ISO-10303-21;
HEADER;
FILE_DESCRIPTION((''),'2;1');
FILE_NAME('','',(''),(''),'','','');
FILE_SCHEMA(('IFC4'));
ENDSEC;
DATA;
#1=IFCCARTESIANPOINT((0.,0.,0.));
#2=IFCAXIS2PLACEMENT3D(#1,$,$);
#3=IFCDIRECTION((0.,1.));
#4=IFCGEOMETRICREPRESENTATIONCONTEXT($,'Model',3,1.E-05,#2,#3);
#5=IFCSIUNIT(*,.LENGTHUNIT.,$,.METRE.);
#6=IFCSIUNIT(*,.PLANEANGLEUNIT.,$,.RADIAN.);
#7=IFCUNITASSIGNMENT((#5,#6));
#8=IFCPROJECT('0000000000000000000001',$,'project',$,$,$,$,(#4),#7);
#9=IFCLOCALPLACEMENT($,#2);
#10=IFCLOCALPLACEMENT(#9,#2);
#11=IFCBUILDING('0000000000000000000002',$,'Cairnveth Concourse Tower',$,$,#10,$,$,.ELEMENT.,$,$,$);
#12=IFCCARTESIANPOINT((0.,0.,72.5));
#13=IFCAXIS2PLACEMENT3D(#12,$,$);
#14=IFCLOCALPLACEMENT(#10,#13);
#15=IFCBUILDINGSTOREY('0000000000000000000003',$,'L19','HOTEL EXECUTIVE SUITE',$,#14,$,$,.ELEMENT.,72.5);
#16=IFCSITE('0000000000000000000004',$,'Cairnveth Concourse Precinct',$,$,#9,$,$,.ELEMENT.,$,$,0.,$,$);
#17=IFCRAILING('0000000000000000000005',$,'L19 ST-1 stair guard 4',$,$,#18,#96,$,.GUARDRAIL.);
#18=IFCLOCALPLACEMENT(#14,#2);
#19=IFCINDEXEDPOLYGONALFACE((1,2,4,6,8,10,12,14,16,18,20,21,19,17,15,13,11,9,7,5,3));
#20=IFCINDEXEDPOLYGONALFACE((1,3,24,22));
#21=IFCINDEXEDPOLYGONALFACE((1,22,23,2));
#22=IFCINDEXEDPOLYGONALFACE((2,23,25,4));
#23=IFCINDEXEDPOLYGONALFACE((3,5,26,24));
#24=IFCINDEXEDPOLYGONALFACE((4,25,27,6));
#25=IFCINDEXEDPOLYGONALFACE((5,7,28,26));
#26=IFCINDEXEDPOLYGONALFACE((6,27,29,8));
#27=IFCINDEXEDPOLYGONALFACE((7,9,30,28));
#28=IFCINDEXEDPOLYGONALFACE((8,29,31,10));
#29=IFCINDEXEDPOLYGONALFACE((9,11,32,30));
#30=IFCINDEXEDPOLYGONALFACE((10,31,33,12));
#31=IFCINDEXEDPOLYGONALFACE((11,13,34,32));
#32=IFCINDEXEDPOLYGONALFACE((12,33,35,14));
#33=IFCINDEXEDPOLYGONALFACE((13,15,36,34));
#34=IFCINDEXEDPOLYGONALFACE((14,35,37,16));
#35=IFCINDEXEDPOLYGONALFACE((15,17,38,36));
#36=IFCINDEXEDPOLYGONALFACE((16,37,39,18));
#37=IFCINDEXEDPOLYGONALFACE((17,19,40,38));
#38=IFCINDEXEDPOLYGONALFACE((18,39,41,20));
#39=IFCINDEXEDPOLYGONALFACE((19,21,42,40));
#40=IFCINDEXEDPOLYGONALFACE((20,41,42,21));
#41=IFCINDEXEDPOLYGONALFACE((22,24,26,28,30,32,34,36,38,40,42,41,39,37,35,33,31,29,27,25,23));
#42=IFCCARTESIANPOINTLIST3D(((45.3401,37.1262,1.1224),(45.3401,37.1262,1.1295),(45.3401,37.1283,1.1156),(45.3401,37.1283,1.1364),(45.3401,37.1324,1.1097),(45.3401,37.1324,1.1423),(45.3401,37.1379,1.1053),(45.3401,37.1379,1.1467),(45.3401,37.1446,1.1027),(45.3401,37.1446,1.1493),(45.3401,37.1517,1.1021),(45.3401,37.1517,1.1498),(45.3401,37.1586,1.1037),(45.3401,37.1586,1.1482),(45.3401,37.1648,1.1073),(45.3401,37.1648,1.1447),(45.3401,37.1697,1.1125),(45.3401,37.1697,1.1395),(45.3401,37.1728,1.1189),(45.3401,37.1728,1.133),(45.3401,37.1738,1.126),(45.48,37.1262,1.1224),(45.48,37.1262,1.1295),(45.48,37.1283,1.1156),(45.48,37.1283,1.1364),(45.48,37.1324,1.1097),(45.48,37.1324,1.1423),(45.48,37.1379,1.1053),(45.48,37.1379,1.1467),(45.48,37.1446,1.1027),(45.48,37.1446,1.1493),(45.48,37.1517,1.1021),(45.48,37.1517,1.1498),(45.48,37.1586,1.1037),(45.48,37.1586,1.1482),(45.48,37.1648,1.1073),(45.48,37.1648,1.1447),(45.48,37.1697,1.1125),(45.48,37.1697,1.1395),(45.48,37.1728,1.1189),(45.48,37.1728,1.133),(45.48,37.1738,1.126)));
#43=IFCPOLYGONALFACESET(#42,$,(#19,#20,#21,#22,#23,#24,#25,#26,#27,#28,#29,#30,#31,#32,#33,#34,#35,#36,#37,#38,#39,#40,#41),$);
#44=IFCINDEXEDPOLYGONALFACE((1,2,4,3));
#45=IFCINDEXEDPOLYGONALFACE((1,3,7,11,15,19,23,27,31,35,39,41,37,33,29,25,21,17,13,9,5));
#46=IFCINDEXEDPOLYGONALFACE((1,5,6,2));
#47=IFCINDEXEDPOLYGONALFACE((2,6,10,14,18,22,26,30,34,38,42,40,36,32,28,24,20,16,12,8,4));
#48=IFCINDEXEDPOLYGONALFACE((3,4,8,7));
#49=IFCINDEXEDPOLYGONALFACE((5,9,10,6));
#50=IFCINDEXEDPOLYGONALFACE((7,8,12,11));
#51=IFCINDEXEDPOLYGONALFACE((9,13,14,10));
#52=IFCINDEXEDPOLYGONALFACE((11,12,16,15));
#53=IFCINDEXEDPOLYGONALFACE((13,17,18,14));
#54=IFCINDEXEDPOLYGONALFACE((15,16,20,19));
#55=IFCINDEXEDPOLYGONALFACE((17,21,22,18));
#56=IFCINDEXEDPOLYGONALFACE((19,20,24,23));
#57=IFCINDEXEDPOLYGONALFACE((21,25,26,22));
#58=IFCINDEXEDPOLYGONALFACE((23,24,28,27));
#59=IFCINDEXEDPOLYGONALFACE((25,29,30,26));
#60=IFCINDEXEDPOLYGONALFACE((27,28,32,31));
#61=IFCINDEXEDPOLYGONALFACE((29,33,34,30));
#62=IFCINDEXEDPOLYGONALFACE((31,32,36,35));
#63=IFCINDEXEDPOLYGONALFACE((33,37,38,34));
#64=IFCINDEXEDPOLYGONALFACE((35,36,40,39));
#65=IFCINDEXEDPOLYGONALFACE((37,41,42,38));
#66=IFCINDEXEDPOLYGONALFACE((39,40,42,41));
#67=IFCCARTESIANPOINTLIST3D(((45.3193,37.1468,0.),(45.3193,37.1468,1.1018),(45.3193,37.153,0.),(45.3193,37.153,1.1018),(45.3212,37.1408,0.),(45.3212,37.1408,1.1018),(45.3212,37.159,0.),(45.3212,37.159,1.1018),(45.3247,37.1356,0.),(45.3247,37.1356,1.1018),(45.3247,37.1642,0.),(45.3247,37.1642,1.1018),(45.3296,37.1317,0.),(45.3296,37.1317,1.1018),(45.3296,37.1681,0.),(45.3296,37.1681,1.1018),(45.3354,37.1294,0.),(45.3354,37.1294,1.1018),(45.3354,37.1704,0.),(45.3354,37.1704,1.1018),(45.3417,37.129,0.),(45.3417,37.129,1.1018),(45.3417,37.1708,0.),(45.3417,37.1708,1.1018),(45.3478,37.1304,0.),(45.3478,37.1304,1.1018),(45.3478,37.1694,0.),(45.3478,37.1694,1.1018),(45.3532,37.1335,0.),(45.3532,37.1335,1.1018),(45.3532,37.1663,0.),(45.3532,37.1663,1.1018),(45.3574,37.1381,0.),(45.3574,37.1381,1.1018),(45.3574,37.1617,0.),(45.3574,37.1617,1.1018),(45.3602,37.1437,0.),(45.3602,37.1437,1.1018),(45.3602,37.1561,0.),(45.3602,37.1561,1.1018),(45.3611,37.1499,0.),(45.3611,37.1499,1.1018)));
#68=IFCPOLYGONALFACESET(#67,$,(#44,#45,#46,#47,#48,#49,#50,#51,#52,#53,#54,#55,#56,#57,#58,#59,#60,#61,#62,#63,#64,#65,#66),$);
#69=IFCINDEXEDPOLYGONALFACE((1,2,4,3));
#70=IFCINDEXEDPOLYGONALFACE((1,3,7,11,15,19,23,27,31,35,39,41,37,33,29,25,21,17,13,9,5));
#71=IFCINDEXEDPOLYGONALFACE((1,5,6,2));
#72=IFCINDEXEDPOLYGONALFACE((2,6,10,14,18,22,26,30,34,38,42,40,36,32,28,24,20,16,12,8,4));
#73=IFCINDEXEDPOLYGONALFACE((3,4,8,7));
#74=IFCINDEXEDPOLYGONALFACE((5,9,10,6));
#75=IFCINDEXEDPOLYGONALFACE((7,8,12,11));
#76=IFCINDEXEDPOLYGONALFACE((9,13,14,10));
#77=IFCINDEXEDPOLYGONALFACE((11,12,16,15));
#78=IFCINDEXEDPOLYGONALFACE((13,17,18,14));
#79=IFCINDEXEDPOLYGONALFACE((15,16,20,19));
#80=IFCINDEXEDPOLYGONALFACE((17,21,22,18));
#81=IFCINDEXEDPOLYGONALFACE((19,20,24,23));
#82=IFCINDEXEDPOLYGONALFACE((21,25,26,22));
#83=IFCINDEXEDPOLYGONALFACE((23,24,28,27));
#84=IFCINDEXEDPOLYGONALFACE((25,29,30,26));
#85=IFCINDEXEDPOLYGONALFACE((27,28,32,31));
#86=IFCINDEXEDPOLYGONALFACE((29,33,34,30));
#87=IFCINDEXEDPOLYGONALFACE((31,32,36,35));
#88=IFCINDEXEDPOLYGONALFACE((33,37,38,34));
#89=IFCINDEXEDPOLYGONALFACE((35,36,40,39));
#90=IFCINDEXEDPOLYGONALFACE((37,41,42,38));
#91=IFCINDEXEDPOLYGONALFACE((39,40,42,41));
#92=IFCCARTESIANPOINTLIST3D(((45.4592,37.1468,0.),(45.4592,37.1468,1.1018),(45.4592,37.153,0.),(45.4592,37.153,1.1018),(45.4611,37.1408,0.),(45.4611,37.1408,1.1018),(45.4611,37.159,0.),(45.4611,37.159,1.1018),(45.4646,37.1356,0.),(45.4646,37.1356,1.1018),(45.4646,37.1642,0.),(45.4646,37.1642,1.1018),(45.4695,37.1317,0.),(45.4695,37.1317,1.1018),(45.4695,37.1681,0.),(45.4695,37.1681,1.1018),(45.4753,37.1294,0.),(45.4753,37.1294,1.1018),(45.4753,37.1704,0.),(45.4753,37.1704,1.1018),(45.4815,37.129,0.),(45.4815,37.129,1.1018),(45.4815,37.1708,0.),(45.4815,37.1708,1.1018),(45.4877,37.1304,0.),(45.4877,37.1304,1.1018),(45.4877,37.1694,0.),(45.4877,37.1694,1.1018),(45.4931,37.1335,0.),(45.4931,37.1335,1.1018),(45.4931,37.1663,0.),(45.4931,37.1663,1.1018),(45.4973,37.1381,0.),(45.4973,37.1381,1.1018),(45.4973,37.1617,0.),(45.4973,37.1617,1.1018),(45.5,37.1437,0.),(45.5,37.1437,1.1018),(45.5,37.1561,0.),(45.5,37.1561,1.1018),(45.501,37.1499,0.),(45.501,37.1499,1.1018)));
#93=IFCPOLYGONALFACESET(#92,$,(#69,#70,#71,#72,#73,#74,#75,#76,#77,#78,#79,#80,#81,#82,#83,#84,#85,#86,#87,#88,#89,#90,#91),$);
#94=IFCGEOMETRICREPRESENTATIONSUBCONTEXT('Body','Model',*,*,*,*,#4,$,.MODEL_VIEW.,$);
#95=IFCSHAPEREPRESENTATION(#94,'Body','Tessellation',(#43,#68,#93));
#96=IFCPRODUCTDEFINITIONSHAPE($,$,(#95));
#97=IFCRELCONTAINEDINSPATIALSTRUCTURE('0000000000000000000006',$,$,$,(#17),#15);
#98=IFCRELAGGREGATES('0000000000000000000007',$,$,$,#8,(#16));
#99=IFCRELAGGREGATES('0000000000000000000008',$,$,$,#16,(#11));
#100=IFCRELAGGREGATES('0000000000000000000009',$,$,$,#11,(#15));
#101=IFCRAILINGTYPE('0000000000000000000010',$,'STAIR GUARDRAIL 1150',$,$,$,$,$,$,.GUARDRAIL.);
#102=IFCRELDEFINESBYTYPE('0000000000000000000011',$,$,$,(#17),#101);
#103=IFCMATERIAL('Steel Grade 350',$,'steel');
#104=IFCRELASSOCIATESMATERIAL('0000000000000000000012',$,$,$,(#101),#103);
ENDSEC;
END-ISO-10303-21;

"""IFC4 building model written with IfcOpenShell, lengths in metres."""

from ifc_helpers import new_model, si_unit, direction, frame, origin, origin_2d, place, context, subcontext, project, spatial, circle, extrude, material, type_object, element, save


model = new_model("IFC4")

# Units and contexts
model_context = context("Model", 3, precision=1e-05, world=origin(), true_north=direction((0.0, 1.0)))
body_context = subcontext(model_context, "Body", "Model", "MODEL_VIEW")
ifc_project = project(units=[si_unit("LENGTHUNIT", "METRE"), si_unit("PLANEANGLEUNIT", "RADIAN")], contexts=[model_context])

# Site, building, storey
site_placement = place(None, origin())
site = spatial("IfcSite", under=ifc_project, at=site_placement, Name="Cairnveth Concourse Precinct", CompositionType="ELEMENT", RefElevation=0.0)
building_placement = place(site_placement, origin())
building = spatial("IfcBuilding", under=site, at=building_placement, Name="Cairnveth Concourse Tower", CompositionType="ELEMENT")
storey_placement = place(building_placement, frame((0.0, 0.0, 72.5)))
storey = spatial("IfcBuildingStorey", under=building, at=storey_placement, Name="L19", Description="HOTEL EXECUTIVE SUITE", CompositionType="ELEMENT", Elevation=72.5)

# Shared definitions
ifc_material_1 = material(Name="Steel Grade 350", Category="steel")

# Railing
railing_type = type_object("IfcRailingType", Name="STAIR GUARDRAIL 1150", PredefinedType="GUARDRAIL", material=ifc_material_1)
railing_1_placement = place(storey_placement, frame((45.3401, 37.1499, 0.0)))
element("IfcRailing", 1, at=railing_1_placement, inside=storey, type_object=railing_type, Name="L19 ST-1 stair guard 4", PredefinedType="GUARDRAIL", context=body_context, shape_type="SweptSolid", body=[
    extrude(circle(Radius=0.0239, at=origin_2d()), frame((0.0, 0.0, 1.126), z_axis=(1.0, 0.0, 0.0), x_axis=(0.0, 1.0, 0.0)), (0.0, 0.0, 1.0), 0.1399),
    extrude(circle(Radius=0.021, at=origin_2d()), origin(), (0.0, 0.0, 1.0), 1.1018),
    extrude(circle(Radius=0.021, at=origin_2d()), frame((0.1399, 0.0, 0.0)), (0.0, 0.0, 1.0), 1.1018),
])

save(model, "model.ifc")
